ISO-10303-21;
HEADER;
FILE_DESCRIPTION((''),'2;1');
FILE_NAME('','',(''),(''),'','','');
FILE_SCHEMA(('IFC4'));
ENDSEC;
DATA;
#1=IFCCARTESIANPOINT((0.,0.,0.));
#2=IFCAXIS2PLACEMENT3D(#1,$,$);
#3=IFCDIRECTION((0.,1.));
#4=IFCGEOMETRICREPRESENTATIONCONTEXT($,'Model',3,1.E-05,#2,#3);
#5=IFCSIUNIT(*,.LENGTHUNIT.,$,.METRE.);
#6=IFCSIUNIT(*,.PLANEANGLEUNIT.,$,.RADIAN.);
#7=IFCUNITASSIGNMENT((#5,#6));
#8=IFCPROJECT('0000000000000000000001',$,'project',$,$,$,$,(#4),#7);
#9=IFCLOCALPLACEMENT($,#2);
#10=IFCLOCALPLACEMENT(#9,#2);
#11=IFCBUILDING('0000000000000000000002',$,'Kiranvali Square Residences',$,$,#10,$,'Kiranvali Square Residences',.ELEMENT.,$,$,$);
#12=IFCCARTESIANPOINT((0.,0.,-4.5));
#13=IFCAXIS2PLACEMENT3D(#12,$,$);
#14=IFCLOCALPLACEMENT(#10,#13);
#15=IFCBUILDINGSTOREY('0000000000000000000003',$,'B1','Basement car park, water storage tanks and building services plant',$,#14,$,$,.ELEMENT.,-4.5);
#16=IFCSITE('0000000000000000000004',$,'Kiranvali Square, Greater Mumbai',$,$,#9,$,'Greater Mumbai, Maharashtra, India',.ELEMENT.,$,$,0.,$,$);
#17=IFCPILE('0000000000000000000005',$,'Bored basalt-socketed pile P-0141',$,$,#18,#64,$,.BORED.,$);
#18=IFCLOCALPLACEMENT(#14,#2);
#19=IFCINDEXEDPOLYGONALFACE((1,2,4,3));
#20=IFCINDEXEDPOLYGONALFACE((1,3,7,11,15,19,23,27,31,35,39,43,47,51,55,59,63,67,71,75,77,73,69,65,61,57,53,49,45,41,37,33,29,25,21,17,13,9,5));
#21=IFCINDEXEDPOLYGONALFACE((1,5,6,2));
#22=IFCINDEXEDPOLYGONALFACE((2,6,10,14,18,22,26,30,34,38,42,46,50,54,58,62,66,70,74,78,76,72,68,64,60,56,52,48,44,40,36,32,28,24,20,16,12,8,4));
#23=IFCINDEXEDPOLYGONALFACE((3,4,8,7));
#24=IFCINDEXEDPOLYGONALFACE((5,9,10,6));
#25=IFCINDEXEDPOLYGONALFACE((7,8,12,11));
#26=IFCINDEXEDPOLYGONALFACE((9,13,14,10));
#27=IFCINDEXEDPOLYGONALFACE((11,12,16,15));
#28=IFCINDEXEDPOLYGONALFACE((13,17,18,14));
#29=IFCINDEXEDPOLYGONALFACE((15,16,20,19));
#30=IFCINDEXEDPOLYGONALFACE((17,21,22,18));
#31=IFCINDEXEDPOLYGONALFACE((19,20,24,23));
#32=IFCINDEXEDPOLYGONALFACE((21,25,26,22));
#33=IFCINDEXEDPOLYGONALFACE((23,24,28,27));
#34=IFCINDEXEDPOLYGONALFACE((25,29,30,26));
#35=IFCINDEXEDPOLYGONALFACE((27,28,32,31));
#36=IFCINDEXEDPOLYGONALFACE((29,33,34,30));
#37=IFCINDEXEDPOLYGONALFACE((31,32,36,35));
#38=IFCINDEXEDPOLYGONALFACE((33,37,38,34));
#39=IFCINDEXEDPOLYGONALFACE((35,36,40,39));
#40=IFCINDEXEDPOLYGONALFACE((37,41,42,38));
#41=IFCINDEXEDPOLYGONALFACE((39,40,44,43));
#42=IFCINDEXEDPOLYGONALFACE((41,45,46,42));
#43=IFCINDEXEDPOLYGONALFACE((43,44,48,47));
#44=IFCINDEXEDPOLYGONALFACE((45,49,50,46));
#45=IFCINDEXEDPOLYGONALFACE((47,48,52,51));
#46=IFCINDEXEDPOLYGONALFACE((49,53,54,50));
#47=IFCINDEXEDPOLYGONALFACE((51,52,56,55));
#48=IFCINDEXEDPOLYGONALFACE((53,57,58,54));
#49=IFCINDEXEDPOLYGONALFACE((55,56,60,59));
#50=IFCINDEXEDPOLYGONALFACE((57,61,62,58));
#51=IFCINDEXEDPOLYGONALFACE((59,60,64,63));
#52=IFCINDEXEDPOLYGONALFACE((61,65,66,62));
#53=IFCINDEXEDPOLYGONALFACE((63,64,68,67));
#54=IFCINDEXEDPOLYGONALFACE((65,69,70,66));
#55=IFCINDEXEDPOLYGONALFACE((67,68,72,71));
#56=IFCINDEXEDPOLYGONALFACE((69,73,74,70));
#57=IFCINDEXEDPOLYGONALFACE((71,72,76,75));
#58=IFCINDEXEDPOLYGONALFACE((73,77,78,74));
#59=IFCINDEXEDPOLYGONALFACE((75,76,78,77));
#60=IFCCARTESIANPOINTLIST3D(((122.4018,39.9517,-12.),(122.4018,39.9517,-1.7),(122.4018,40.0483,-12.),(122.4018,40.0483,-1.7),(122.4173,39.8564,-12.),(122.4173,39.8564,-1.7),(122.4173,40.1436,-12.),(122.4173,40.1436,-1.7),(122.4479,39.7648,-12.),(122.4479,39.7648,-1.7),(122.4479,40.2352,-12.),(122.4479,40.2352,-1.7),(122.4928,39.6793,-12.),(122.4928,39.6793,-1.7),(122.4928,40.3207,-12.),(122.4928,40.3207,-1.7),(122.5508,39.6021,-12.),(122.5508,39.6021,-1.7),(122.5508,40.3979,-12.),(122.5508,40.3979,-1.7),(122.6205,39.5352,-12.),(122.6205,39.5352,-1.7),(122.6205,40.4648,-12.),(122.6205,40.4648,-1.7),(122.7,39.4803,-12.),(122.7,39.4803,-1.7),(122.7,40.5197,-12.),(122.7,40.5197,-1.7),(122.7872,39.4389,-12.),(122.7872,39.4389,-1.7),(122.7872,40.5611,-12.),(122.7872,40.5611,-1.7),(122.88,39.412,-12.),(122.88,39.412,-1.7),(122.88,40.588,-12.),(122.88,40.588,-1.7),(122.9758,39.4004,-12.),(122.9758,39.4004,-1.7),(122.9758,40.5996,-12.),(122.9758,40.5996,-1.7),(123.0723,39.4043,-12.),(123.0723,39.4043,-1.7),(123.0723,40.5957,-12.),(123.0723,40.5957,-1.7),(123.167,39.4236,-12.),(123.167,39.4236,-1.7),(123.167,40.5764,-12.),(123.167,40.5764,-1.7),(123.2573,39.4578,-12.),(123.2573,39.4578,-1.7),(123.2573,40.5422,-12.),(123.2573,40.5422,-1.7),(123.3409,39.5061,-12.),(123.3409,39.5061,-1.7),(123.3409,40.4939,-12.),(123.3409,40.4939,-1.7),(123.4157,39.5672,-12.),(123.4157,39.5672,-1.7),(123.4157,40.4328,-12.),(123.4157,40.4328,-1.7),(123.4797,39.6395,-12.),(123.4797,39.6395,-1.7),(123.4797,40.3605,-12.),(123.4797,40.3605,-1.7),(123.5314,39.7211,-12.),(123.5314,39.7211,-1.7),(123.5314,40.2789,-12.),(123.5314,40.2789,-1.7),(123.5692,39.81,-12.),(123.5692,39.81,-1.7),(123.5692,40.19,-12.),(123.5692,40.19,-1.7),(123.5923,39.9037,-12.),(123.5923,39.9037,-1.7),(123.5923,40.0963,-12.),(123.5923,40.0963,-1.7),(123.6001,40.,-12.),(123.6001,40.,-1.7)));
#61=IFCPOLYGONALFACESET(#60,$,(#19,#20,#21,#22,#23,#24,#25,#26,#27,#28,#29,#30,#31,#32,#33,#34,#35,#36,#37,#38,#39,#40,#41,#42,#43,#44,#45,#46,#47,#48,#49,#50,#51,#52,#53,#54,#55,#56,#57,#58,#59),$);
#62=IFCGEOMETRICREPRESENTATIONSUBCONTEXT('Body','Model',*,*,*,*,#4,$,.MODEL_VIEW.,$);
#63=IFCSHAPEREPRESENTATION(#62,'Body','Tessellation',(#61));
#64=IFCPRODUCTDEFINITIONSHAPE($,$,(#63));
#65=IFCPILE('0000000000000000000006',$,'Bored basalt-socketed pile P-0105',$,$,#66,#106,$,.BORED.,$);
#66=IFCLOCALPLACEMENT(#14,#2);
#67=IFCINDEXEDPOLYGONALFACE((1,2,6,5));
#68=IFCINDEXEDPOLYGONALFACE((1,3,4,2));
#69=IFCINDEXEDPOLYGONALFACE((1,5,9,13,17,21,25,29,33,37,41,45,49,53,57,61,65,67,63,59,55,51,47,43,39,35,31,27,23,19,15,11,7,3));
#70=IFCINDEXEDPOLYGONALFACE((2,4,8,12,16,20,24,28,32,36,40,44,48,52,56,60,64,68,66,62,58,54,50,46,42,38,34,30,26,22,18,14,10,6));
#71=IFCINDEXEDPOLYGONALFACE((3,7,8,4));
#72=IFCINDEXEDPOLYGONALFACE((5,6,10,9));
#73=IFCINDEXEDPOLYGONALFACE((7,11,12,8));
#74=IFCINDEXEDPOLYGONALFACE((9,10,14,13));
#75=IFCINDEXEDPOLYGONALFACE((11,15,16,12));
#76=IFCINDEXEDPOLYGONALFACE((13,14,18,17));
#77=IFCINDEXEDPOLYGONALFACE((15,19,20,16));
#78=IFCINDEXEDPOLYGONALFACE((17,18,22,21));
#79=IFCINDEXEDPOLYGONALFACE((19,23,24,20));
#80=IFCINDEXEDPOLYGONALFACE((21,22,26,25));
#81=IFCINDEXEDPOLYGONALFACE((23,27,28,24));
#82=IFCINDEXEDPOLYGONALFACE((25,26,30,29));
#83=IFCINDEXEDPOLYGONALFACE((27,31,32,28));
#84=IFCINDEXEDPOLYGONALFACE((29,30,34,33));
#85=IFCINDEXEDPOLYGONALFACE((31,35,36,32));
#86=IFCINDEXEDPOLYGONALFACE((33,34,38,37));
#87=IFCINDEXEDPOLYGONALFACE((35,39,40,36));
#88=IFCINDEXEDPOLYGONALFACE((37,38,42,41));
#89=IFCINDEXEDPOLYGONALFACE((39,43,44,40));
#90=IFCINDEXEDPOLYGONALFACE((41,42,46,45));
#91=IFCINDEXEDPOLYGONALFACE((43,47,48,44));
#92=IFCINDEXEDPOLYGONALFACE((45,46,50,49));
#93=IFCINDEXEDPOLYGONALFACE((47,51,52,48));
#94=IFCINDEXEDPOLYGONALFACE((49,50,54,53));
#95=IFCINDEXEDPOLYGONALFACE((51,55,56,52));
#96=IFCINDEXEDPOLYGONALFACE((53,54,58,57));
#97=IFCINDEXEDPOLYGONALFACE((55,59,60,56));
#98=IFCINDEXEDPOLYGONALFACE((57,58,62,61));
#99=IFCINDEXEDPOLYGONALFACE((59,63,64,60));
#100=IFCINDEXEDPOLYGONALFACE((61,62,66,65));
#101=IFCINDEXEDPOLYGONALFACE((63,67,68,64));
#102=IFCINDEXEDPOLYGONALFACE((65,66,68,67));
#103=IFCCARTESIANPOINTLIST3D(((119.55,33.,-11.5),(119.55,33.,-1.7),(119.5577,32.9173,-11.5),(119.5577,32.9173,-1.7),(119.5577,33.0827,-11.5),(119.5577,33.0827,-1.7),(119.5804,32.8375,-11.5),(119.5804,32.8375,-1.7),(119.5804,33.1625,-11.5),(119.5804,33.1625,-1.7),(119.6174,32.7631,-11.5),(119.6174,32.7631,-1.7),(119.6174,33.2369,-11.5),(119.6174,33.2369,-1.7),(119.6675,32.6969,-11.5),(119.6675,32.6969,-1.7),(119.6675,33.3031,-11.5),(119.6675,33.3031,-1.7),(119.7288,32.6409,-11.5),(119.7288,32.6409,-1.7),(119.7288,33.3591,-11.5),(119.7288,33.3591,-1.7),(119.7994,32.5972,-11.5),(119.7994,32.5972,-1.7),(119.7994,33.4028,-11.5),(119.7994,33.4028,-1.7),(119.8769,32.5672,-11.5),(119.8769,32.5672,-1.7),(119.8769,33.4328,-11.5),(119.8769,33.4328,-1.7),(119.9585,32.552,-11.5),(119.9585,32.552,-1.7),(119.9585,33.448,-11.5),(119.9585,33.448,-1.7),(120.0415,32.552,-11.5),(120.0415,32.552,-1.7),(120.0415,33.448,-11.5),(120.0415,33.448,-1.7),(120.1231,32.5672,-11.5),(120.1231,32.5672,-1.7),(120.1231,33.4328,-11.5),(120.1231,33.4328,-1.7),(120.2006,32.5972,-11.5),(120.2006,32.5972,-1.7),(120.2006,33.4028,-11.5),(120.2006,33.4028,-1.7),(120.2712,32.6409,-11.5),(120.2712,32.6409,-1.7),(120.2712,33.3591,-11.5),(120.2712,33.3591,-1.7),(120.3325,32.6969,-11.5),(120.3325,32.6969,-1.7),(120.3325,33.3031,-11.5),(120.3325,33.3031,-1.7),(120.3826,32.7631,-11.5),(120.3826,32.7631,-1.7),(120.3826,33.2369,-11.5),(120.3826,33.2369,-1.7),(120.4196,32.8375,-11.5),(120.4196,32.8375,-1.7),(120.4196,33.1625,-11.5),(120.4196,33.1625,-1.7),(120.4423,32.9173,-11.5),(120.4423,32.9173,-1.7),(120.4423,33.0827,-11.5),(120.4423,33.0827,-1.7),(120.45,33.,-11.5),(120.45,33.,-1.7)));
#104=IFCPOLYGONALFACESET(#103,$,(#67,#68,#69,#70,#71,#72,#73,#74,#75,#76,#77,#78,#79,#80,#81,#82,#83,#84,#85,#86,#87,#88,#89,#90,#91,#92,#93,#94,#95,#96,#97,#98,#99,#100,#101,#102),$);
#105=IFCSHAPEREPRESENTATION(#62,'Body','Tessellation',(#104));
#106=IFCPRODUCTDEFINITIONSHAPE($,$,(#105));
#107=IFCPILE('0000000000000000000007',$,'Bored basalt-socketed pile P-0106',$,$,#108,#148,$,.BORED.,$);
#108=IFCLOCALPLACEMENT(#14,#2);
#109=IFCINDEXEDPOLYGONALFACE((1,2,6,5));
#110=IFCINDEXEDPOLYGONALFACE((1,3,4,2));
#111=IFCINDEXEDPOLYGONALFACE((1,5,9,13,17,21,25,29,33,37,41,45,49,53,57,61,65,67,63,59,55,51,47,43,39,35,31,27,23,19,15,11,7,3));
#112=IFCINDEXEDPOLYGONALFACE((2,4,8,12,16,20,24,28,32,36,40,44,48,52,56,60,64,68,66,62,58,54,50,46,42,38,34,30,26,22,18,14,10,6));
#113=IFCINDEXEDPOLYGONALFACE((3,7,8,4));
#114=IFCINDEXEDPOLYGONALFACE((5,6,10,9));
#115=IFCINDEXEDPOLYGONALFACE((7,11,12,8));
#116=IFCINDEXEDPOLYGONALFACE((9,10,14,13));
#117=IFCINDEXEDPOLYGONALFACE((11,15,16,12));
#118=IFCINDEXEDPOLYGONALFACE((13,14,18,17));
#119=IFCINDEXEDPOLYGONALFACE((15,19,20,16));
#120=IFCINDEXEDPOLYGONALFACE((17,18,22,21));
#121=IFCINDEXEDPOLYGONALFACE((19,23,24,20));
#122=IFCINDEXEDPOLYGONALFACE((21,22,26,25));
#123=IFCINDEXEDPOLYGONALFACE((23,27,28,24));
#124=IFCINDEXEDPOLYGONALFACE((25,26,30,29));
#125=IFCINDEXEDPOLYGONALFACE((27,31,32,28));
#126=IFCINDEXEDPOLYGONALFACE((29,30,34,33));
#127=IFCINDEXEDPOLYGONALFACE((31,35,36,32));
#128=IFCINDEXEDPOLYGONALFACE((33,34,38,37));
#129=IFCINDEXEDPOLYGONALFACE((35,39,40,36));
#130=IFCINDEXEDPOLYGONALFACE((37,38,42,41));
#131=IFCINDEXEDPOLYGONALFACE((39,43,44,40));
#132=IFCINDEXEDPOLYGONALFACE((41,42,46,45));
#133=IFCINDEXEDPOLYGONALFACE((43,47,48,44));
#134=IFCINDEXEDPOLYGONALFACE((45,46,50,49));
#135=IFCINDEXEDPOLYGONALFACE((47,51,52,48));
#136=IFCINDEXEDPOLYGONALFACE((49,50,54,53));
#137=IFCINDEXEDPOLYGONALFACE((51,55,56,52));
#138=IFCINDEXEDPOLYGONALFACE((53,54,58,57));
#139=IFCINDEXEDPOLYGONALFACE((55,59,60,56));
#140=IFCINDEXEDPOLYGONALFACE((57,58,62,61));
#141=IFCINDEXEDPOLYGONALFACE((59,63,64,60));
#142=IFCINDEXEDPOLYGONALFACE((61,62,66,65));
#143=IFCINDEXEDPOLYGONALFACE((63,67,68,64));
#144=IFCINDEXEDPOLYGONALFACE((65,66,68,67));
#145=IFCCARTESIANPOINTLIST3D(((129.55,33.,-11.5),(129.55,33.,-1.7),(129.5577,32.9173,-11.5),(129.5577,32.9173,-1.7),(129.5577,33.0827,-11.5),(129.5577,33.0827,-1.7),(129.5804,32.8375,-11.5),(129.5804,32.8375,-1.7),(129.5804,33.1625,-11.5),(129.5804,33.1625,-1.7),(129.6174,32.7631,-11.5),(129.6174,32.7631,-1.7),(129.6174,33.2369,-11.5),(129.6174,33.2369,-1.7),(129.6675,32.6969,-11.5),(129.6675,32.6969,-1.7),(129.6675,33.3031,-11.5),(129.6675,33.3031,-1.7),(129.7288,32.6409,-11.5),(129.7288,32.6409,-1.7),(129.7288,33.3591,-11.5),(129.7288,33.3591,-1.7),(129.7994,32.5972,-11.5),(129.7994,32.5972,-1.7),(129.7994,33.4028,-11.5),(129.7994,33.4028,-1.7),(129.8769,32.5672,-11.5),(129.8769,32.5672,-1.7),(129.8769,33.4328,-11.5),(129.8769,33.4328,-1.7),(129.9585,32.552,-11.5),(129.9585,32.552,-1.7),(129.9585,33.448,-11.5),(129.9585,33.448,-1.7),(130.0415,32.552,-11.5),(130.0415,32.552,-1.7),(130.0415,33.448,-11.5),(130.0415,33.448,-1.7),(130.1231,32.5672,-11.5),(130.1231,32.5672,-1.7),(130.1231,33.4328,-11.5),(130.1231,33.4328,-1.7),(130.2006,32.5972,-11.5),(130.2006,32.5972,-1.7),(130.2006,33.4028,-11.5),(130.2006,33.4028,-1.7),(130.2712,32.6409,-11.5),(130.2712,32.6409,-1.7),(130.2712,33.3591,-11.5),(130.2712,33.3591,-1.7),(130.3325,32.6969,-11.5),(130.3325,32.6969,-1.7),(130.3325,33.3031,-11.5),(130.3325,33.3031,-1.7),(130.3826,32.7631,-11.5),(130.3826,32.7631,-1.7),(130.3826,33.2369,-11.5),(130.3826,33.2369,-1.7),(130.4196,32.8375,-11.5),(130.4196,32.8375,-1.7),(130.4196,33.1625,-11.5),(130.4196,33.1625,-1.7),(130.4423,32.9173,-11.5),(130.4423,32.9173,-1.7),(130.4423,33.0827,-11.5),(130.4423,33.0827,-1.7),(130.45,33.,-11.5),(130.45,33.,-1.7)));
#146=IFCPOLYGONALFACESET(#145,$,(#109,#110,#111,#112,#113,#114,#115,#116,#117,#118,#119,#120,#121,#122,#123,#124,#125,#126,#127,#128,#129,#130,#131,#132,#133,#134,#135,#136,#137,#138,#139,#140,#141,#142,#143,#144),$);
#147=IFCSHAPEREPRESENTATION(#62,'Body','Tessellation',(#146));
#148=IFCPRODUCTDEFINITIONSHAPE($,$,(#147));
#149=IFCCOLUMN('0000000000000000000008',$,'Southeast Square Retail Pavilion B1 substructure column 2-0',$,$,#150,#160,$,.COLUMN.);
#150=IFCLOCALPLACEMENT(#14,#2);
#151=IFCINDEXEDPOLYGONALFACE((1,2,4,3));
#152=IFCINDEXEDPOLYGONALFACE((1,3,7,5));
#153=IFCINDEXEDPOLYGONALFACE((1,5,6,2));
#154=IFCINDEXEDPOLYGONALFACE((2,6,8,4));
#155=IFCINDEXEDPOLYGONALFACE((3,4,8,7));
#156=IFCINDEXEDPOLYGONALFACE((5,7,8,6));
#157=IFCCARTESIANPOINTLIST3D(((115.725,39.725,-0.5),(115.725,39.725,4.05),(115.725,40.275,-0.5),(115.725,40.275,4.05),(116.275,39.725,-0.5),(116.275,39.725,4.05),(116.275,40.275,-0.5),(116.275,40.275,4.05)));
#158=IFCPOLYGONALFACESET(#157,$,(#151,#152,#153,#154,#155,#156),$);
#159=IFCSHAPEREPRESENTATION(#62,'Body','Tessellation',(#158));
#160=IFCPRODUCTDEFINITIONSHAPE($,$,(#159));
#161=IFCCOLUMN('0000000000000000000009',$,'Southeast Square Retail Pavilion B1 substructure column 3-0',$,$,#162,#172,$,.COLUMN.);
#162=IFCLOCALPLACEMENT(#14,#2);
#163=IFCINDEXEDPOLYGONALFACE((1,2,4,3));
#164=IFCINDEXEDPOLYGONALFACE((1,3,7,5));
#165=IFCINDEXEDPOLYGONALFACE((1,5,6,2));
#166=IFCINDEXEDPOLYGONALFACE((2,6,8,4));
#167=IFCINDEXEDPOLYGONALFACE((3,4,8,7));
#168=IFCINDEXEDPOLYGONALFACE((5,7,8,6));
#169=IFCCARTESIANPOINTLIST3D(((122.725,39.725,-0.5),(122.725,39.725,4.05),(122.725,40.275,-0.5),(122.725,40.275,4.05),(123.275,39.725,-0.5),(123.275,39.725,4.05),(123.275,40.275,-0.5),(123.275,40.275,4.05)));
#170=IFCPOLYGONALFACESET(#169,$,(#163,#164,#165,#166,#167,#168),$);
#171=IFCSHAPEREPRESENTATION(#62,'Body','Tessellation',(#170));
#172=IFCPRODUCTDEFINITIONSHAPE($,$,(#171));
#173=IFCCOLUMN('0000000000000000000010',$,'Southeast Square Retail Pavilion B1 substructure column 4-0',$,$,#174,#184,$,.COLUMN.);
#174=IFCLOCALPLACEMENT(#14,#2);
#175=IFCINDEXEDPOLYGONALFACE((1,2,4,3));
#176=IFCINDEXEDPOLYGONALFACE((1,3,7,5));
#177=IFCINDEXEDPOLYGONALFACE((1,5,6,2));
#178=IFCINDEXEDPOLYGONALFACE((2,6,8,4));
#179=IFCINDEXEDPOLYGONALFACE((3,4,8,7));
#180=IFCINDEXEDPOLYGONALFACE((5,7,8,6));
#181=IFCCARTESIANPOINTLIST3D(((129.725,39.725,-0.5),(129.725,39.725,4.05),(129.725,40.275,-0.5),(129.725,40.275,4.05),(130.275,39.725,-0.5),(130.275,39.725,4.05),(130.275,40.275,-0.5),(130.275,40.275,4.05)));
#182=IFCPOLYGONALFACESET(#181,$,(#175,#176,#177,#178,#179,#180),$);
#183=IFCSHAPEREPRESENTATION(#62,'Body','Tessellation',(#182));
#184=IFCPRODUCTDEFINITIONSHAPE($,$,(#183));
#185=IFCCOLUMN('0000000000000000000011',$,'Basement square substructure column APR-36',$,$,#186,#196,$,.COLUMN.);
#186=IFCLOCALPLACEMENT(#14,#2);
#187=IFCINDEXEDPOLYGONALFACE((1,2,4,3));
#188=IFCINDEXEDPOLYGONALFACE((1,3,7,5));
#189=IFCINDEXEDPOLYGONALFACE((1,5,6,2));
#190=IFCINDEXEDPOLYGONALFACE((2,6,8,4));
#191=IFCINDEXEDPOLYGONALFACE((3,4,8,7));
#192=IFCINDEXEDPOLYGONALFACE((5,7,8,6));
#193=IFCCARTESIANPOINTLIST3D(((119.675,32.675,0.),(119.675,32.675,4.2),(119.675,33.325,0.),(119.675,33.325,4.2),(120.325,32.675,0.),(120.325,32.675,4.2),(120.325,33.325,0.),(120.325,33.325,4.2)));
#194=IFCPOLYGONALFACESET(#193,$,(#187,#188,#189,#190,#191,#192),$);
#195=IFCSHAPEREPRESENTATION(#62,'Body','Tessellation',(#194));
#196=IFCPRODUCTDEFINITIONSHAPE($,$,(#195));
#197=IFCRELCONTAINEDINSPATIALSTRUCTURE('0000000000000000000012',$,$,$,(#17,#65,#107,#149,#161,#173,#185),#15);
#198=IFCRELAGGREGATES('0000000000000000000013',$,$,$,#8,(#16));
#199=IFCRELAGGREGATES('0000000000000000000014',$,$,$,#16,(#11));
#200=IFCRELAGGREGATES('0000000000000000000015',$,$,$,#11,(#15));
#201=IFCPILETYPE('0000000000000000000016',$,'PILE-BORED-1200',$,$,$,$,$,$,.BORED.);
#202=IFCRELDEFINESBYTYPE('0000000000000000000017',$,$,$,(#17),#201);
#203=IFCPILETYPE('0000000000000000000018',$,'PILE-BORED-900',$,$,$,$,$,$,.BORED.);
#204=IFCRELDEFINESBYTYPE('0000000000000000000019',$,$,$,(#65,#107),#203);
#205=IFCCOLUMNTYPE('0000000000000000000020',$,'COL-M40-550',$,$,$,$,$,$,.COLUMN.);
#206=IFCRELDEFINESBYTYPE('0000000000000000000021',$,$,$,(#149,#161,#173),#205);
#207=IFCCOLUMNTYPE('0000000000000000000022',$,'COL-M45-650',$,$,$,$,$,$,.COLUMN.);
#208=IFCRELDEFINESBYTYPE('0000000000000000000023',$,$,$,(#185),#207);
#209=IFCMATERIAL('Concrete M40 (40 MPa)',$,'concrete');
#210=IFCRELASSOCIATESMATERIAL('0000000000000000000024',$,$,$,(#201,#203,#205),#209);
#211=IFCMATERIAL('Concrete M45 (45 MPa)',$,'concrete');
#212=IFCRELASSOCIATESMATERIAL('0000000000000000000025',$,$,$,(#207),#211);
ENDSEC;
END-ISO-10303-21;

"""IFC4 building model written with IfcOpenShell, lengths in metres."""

from ifc_helpers import new_model, si_unit, direction, frame, origin, origin_2d, place, context, subcontext, project, spatial, rectangle, circle, extrude, material, material_profile, profile_set, type_object, element, save


model = new_model("IFC4")

# Units and contexts
model_context = context("Model", 3, precision=1e-05, world=origin(), true_north=direction((0.0, 1.0)))
body_context = subcontext(model_context, "Body", "Model", "MODEL_VIEW")
ifc_project = project(units=[si_unit("LENGTHUNIT", "METRE"), si_unit("PLANEANGLEUNIT", "RADIAN")], contexts=[model_context])

# Site, building, storey
site_placement = place(None, origin())
site = spatial("IfcSite", under=ifc_project, at=site_placement, Name="Kiranvali Square, Greater Mumbai", LongName="Greater Mumbai, Maharashtra, India", CompositionType="ELEMENT", RefElevation=0.0)
building_placement = place(site_placement, origin())
building = spatial("IfcBuilding", under=site, at=building_placement, Name="Kiranvali Square Residences", LongName="Kiranvali Square Residences", CompositionType="ELEMENT")
storey_placement = place(building_placement, frame((0.0, 0.0, -4.5)))
storey = spatial("IfcBuildingStorey", under=building, at=storey_placement, Name="B1", Description="Basement car park, water storage tanks and building services plant", CompositionType="ELEMENT", Elevation=-4.5)

# Shared definitions
ifc_material_1 = material(Name="Concrete M40 (40 MPa)", Category="concrete")

# Piles
ifc_material_profile_1 = material_profile(ifc_material_1, circle(Radius=0.6001, at=origin_2d()), Name="BORED PILE 1200")
ifc_profile_set_1 = profile_set([ifc_material_profile_1], Name="Concrete M40 (40 MPa)")
pile_type_1 = type_object("IfcPileType", Name="PILE-BORED-1200", PredefinedType="BORED", material=ifc_profile_set_1)
for number, where, z_axis, x_axis, name in (
    (1, (123.0, 40.0, -1.7), (0.0, 0.0, -1.0), (1.0, 0.0, 0.0), "Bored basalt-socketed pile P-0141"),
):
    element("IfcPile", number, at=place(storey_placement, frame(where, z_axis=z_axis, x_axis=x_axis)), inside=storey, type_object=pile_type_1, Name=name, PredefinedType="BORED", context=body_context, shape_type="SweptSolid", body=[
        extrude(circle(Radius=0.6001, at=origin_2d()), origin(), (0.0, 0.0, 1.0), 10.3),
    ])
ifc_material_profile_2 = material_profile(ifc_material_1, circle(Radius=0.45, at=origin_2d()), Name="BORED PILE 900")
ifc_profile_set_2 = profile_set([ifc_material_profile_2], Name="Concrete M40 (40 MPa)")
pile_type_2 = type_object("IfcPileType", Name="PILE-BORED-900", PredefinedType="BORED", material=ifc_profile_set_2)
for number, where, z_axis, x_axis, name in (
    (2, (120.0, 33.0, -1.7), (0.0, 0.0, -1.0), (1.0, 0.0, 0.0), "Bored basalt-socketed pile P-0105"),
    (3, (130.0, 33.0, -1.7), (0.0, 0.0, -1.0), (1.0, 0.0, 0.0), "Bored basalt-socketed pile P-0106"),
):
    element("IfcPile", number, at=place(storey_placement, frame(where, z_axis=z_axis, x_axis=x_axis)), inside=storey, type_object=pile_type_2, Name=name, PredefinedType="BORED", context=body_context, shape_type="SweptSolid", body=[
        extrude(circle(Radius=0.45, at=origin_2d()), origin(), (0.0, 0.0, 1.0), 9.8),
    ])

# Columns
ifc_material_profile_3 = material_profile(ifc_material_1, rectangle(XDim=0.55, YDim=0.55, at=origin_2d()), Name="RC 550x550")
ifc_profile_set_3 = profile_set([ifc_material_profile_3], Name="Concrete M40 (40 MPa)")
column_type_1 = type_object("IfcColumnType", Name="COL-M40-550", PredefinedType="COLUMN", material=ifc_profile_set_3)
for number, where, z_axis, x_axis, name in (
    (4, (116.0, 40.0, -0.5), (0.0, 0.0, 1.0), (1.0, 0.0, 0.0), "Southeast Square Retail Pavilion B1 substructure column 2-0"),
    (5, (123.0, 40.0, -0.5), (0.0, 0.0, 1.0), (1.0, 0.0, 0.0), "Southeast Square Retail Pavilion B1 substructure column 3-0"),
    (6, (130.0, 40.0, -0.5), (0.0, 0.0, 1.0), (1.0, 0.0, 0.0), "Southeast Square Retail Pavilion B1 substructure column 4-0"),
):
    element("IfcColumn", number, at=place(storey_placement, frame(where, z_axis=z_axis, x_axis=x_axis)), inside=storey, type_object=column_type_1, Name=name, PredefinedType="COLUMN", context=body_context, shape_type="SweptSolid", body=[
        extrude(rectangle(XDim=0.55, YDim=0.55, at=origin_2d()), origin(), (0.0, 0.0, 1.0), 4.55),
    ])
ifc_material_2 = material(Name="Concrete M45 (45 MPa)", Category="concrete")
ifc_material_profile_4 = material_profile(ifc_material_2, rectangle(XDim=0.6499, YDim=0.6499, at=origin_2d()), Name="RC 650x650")
ifc_profile_set_4 = profile_set([ifc_material_profile_4], Name="Concrete M45 (45 MPa)")
column_type_2 = type_object("IfcColumnType", Name="COL-M45-650", PredefinedType="COLUMN", material=ifc_profile_set_4)
for number, where, z_axis, x_axis, name in (
    (7, (120.0, 33.0, 0.0), (0.0, 0.0, 1.0), (1.0, 0.0, 0.0), "Basement square substructure column APR-36"),
):
    element("IfcColumn", number, at=place(storey_placement, frame(where, z_axis=z_axis, x_axis=x_axis)), inside=storey, type_object=column_type_2, Name=name, PredefinedType="COLUMN", context=body_context, shape_type="SweptSolid", body=[
        extrude(rectangle(XDim=0.6499, YDim=0.6499, at=origin_2d()), origin(), (0.0, 0.0, 1.0), 4.2),
    ])

save(model, "model.ifc")
